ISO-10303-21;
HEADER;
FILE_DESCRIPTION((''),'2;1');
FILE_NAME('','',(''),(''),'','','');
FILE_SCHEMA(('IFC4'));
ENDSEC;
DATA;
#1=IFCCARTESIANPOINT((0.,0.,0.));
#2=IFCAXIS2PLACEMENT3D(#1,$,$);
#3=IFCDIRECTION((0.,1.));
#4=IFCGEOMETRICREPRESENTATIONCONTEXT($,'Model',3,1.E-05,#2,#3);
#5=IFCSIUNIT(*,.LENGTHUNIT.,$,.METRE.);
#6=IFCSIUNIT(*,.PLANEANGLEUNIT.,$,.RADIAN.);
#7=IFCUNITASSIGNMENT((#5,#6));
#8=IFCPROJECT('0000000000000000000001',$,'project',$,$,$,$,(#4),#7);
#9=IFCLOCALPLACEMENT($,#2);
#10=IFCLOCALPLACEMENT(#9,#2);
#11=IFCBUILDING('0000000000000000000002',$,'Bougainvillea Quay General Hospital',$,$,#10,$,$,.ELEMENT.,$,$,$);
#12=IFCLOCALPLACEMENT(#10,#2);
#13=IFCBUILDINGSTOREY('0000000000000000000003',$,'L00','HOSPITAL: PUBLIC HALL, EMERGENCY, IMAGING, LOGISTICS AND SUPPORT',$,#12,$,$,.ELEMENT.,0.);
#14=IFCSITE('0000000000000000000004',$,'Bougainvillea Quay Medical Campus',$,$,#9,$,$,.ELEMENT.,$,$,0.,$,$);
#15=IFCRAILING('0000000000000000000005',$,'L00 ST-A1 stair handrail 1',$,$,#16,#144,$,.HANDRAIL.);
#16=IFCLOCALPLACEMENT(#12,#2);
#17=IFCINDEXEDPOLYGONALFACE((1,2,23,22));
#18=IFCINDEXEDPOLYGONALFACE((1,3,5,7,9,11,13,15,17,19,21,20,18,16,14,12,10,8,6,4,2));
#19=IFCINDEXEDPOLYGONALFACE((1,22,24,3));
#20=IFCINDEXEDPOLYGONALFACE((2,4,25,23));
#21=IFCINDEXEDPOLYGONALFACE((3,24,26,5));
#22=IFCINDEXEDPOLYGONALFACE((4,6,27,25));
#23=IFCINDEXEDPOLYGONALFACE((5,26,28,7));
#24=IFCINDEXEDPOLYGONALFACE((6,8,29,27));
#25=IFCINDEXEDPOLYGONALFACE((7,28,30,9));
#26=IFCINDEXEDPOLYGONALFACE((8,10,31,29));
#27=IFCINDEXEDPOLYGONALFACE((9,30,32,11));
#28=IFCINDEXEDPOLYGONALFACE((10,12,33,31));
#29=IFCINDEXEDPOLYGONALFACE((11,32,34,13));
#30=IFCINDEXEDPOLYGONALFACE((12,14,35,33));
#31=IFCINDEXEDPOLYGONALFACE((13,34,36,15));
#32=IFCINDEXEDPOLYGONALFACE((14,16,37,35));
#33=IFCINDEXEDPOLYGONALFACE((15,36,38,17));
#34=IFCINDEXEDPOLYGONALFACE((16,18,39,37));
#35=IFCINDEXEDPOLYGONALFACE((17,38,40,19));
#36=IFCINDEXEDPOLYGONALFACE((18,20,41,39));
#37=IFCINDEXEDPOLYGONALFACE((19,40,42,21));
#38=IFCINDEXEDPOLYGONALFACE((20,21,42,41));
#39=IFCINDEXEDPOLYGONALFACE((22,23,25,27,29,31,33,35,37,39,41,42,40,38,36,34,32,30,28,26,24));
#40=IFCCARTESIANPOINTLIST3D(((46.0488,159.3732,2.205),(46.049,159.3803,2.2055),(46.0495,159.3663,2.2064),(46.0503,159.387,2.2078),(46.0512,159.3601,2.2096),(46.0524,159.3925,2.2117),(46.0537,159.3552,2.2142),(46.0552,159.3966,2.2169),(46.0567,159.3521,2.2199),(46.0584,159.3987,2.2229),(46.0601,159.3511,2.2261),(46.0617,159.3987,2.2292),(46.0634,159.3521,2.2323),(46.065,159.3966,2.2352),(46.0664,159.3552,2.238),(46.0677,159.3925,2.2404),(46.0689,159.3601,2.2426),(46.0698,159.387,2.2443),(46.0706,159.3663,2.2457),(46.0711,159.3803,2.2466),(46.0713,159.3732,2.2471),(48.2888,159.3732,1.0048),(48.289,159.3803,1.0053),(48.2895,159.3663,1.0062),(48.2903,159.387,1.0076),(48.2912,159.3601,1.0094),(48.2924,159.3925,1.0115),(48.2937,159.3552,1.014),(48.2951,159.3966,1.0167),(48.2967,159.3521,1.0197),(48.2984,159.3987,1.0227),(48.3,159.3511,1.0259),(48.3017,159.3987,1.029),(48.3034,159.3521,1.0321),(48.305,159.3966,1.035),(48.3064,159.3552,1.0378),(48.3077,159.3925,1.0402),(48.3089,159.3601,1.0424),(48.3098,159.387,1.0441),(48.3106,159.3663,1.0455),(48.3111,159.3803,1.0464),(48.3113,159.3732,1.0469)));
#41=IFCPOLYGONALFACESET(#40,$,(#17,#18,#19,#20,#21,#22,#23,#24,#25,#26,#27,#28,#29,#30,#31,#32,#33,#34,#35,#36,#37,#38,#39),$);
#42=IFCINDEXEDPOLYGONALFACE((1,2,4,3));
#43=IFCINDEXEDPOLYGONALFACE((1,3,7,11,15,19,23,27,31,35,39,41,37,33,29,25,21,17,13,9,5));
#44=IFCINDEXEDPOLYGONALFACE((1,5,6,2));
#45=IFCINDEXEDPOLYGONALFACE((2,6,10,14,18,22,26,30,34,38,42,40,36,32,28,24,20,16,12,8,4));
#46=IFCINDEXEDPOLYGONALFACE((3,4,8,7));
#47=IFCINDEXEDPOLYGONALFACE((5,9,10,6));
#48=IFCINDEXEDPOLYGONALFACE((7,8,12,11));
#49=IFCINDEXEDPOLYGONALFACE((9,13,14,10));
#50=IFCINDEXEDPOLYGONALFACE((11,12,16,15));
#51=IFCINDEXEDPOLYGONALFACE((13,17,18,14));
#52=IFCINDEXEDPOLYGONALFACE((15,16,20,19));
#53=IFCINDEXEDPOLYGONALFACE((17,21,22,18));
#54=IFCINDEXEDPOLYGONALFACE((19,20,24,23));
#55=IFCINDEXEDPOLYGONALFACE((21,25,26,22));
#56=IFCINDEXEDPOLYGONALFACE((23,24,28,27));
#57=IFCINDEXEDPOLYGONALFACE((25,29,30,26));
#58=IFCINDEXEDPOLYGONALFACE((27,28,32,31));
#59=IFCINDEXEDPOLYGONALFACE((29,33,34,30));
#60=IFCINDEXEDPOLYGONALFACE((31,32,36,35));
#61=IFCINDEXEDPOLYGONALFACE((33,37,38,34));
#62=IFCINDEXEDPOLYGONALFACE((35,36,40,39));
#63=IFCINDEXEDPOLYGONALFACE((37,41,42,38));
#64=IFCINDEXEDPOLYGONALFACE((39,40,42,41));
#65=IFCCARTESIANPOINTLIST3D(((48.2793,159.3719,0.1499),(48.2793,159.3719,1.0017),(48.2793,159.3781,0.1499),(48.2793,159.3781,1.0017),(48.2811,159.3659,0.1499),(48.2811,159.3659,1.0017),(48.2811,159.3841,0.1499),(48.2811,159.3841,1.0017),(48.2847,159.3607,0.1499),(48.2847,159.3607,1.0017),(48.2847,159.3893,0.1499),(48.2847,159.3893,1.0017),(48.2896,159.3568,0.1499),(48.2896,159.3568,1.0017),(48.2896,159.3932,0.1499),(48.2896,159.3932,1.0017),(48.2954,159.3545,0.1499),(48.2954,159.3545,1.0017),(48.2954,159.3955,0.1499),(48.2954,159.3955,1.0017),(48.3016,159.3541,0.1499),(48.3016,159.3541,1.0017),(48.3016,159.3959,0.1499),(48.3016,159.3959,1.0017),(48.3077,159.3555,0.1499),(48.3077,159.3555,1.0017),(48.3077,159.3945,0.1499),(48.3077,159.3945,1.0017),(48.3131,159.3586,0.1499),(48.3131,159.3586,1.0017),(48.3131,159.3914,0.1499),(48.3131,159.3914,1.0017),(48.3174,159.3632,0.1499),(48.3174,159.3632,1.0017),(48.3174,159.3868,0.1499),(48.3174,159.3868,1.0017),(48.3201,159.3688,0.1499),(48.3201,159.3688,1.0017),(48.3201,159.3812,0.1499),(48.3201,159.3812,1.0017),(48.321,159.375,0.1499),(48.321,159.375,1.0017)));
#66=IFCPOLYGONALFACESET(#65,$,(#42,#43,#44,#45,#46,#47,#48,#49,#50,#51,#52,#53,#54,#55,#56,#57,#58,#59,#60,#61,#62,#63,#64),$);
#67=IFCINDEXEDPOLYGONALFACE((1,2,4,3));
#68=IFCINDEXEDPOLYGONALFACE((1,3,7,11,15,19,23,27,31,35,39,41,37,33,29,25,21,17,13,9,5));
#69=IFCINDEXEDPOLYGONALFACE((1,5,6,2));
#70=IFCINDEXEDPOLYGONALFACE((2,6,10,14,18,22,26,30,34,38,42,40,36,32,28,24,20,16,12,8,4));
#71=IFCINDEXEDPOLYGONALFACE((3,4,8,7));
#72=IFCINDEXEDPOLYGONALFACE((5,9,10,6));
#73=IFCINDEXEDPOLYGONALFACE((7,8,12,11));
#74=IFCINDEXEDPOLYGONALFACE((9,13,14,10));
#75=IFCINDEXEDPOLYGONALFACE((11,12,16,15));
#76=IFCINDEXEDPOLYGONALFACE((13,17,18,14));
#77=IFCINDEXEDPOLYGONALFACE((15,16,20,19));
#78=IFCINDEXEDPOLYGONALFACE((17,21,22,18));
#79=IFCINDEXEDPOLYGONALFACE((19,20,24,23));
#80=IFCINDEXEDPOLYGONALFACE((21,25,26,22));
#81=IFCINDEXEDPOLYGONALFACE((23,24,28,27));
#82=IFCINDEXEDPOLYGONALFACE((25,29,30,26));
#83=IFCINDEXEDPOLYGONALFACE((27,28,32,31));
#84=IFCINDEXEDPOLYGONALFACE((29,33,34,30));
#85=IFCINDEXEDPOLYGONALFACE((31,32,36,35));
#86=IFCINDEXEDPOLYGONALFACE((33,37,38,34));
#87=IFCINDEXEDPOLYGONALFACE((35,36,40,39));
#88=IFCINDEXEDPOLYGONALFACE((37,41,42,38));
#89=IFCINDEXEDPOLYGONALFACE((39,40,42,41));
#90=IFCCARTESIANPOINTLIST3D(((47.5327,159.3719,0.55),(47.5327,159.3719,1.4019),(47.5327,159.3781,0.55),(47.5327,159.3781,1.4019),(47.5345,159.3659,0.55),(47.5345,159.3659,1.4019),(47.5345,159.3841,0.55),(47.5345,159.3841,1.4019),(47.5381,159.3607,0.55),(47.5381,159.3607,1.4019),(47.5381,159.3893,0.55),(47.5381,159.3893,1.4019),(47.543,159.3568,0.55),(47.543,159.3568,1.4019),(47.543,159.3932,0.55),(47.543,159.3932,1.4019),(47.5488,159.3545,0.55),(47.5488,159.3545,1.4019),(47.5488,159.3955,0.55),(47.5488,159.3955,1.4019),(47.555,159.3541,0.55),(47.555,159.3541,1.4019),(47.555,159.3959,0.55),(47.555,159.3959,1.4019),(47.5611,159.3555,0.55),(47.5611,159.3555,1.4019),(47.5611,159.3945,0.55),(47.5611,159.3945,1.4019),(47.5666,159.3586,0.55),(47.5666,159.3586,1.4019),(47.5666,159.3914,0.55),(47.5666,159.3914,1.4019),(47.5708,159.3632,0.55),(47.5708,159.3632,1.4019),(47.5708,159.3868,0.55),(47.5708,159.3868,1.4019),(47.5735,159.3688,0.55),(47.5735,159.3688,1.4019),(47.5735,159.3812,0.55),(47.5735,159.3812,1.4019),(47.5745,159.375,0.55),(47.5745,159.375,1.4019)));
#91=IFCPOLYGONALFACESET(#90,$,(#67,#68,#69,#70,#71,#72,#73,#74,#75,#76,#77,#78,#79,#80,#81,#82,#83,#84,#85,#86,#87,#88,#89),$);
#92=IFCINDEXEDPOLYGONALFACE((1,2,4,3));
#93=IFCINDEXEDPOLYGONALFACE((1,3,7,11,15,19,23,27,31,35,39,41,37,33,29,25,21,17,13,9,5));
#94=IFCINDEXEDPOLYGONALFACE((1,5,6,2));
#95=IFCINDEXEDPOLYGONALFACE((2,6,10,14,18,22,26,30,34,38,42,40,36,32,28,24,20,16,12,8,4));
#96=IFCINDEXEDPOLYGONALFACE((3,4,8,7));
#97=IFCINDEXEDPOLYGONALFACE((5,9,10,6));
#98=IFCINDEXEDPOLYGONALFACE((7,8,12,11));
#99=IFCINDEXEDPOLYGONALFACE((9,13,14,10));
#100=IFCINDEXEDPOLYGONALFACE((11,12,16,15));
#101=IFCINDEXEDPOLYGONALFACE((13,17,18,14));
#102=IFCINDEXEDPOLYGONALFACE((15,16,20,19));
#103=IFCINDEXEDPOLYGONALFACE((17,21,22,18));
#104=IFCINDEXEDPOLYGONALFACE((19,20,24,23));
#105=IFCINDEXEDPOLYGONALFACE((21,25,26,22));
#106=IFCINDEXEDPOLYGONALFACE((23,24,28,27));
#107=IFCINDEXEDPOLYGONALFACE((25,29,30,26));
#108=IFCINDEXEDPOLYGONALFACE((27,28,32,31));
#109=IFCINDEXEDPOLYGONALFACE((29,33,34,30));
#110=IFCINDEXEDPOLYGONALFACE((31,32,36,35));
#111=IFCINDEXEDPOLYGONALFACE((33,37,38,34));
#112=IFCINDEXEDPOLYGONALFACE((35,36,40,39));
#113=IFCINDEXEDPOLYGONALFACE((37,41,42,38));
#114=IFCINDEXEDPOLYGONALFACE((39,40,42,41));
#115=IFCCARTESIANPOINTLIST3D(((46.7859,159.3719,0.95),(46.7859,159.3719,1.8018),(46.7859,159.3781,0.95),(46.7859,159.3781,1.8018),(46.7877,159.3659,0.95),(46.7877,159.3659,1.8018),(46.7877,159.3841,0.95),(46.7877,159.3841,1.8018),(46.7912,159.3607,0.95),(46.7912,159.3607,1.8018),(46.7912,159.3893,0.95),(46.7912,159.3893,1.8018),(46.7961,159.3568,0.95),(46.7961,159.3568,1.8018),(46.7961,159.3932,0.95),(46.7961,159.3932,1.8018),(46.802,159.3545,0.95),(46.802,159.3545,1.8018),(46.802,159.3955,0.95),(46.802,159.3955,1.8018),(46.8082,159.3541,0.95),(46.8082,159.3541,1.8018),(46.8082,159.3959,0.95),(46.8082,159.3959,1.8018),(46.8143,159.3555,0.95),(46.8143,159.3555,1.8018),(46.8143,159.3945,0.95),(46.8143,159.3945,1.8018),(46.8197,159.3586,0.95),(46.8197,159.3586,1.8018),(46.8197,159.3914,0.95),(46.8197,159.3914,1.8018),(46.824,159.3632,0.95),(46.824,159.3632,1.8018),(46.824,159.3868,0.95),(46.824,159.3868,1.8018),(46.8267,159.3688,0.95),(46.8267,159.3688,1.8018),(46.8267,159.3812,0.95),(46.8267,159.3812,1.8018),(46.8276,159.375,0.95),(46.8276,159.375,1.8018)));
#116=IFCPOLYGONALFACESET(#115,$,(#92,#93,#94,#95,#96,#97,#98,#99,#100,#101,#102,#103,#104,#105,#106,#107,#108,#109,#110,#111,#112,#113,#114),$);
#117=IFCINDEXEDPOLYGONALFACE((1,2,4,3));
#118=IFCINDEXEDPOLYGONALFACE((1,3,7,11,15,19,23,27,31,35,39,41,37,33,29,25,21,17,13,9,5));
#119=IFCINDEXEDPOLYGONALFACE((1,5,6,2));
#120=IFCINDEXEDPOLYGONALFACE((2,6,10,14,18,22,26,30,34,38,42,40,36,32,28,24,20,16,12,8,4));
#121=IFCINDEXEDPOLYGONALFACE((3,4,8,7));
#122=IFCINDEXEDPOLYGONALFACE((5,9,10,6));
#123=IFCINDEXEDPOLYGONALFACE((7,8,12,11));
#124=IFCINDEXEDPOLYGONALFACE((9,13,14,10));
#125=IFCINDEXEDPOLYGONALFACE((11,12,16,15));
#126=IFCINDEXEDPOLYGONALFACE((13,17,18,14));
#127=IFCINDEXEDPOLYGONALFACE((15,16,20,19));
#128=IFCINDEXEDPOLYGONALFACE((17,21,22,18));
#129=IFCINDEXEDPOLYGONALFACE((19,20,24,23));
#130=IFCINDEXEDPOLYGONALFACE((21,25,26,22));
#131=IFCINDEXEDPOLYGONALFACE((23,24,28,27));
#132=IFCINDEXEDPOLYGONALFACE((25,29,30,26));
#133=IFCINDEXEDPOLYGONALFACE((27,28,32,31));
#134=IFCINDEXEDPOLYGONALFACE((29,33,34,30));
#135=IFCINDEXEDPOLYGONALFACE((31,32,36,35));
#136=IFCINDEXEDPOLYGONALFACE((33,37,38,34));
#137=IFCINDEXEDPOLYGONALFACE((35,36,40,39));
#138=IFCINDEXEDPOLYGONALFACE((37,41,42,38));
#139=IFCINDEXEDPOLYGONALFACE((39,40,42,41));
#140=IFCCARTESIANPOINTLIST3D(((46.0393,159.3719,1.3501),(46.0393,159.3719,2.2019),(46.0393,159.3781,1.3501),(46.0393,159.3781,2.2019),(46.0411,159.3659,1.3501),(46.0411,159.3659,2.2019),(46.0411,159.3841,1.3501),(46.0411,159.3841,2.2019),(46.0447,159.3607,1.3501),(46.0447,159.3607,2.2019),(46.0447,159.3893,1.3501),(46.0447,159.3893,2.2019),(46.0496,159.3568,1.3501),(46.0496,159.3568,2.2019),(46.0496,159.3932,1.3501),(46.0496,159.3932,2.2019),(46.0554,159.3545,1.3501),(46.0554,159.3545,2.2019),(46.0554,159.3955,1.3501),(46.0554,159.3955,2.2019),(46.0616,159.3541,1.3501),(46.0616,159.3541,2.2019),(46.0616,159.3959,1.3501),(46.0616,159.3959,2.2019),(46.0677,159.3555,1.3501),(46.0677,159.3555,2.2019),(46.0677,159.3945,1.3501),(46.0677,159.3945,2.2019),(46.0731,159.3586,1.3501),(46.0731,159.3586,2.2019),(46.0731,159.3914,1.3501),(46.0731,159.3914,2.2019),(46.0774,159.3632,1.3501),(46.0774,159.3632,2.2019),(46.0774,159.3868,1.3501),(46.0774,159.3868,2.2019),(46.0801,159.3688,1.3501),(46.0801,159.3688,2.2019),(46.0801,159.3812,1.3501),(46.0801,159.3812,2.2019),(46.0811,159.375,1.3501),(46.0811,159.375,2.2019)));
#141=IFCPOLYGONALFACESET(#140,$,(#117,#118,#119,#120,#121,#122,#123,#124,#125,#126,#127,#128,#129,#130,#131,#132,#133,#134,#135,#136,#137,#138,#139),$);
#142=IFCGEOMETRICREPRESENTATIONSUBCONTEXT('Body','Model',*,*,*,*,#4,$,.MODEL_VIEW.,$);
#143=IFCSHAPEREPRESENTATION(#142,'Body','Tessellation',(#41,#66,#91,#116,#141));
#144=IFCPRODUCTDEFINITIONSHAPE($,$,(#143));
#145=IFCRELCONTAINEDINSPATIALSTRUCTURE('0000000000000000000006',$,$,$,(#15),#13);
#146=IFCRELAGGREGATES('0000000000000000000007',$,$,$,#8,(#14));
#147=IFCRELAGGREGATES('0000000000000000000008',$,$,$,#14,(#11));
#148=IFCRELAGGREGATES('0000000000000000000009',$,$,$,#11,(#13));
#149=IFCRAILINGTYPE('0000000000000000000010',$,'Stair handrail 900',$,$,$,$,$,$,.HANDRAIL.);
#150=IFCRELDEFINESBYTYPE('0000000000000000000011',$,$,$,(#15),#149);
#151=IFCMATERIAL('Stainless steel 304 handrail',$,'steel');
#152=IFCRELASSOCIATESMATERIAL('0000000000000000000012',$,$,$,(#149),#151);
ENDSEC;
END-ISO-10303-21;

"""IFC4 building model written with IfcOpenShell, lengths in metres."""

from ifc_helpers import new_model, si_unit, direction, frame, origin, origin_2d, place, context, subcontext, project, spatial, circle, extrude, material, type_object, element, save


model = new_model("IFC4")

# Units and contexts
model_context = context("Model", 3, precision=1e-05, world=origin(), true_north=direction((0.0, 1.0)))
body_context = subcontext(model_context, "Body", "Model", "MODEL_VIEW")
ifc_project = project(units=[si_unit("LENGTHUNIT", "METRE"), si_unit("PLANEANGLEUNIT", "RADIAN")], contexts=[model_context])

# Site, building, storey
site_placement = place(None, origin())
site = spatial("IfcSite", under=ifc_project, at=site_placement, Name="Bougainvillea Quay Medical Campus", CompositionType="ELEMENT", RefElevation=0.0)
building_placement = place(site_placement, origin())
building = spatial("IfcBuilding", under=site, at=building_placement, Name="Bougainvillea Quay General Hospital", CompositionType="ELEMENT")
storey_placement = place(building_placement, origin())
storey = spatial("IfcBuildingStorey", under=building, at=storey_placement, Name="L00", Description="HOSPITAL: PUBLIC HALL, EMERGENCY, IMAGING, LOGISTICS AND SUPPORT", CompositionType="ELEMENT", Elevation=0.0)

# Railing
ifc_material_1 = material(Name="Stainless steel 304 handrail", Category="steel")
railing_type_1 = type_object("IfcRailingType", Name="Stair handrail 900", PredefinedType="HANDRAIL", material=ifc_material_1)
railing_1_placement = place(storey_placement, frame((48.3, 159.375, 0.1499)))
element("IfcRailing", 1, at=railing_1_placement, inside=storey, type_object=railing_type_1, Name="L00 ST-A1 stair handrail 1", PredefinedType="HANDRAIL", context=body_context, shape_type="SweptSolid", body=[
    extrude(circle(Radius=0.0239, at=origin_2d()), frame((0.0, 0.0, 0.876), z_axis=(-0.881447, 0.0, 0.472283), x_axis=(0.0, -1.0, 0.0)), (0.0, 0.0, 1.0), 2.5413),
    extrude(circle(Radius=0.021, at=origin_2d()), origin(), (0.0, 0.0, 1.0), 0.8518),
    extrude(circle(Radius=0.021, at=origin_2d()), frame((-0.7466, 0.0, 0.4001)), (0.0, 0.0, 1.0), 0.8518),
    extrude(circle(Radius=0.021, at=origin_2d()), frame((-1.4934, 0.0, 0.8)), (0.0, 0.0, 1.0), 0.8518),
    extrude(circle(Radius=0.021, at=origin_2d()), frame((-2.24, 0.0, 1.2002)), (0.0, 0.0, 1.0), 0.8518),
])

save(model, "model.ifc")
